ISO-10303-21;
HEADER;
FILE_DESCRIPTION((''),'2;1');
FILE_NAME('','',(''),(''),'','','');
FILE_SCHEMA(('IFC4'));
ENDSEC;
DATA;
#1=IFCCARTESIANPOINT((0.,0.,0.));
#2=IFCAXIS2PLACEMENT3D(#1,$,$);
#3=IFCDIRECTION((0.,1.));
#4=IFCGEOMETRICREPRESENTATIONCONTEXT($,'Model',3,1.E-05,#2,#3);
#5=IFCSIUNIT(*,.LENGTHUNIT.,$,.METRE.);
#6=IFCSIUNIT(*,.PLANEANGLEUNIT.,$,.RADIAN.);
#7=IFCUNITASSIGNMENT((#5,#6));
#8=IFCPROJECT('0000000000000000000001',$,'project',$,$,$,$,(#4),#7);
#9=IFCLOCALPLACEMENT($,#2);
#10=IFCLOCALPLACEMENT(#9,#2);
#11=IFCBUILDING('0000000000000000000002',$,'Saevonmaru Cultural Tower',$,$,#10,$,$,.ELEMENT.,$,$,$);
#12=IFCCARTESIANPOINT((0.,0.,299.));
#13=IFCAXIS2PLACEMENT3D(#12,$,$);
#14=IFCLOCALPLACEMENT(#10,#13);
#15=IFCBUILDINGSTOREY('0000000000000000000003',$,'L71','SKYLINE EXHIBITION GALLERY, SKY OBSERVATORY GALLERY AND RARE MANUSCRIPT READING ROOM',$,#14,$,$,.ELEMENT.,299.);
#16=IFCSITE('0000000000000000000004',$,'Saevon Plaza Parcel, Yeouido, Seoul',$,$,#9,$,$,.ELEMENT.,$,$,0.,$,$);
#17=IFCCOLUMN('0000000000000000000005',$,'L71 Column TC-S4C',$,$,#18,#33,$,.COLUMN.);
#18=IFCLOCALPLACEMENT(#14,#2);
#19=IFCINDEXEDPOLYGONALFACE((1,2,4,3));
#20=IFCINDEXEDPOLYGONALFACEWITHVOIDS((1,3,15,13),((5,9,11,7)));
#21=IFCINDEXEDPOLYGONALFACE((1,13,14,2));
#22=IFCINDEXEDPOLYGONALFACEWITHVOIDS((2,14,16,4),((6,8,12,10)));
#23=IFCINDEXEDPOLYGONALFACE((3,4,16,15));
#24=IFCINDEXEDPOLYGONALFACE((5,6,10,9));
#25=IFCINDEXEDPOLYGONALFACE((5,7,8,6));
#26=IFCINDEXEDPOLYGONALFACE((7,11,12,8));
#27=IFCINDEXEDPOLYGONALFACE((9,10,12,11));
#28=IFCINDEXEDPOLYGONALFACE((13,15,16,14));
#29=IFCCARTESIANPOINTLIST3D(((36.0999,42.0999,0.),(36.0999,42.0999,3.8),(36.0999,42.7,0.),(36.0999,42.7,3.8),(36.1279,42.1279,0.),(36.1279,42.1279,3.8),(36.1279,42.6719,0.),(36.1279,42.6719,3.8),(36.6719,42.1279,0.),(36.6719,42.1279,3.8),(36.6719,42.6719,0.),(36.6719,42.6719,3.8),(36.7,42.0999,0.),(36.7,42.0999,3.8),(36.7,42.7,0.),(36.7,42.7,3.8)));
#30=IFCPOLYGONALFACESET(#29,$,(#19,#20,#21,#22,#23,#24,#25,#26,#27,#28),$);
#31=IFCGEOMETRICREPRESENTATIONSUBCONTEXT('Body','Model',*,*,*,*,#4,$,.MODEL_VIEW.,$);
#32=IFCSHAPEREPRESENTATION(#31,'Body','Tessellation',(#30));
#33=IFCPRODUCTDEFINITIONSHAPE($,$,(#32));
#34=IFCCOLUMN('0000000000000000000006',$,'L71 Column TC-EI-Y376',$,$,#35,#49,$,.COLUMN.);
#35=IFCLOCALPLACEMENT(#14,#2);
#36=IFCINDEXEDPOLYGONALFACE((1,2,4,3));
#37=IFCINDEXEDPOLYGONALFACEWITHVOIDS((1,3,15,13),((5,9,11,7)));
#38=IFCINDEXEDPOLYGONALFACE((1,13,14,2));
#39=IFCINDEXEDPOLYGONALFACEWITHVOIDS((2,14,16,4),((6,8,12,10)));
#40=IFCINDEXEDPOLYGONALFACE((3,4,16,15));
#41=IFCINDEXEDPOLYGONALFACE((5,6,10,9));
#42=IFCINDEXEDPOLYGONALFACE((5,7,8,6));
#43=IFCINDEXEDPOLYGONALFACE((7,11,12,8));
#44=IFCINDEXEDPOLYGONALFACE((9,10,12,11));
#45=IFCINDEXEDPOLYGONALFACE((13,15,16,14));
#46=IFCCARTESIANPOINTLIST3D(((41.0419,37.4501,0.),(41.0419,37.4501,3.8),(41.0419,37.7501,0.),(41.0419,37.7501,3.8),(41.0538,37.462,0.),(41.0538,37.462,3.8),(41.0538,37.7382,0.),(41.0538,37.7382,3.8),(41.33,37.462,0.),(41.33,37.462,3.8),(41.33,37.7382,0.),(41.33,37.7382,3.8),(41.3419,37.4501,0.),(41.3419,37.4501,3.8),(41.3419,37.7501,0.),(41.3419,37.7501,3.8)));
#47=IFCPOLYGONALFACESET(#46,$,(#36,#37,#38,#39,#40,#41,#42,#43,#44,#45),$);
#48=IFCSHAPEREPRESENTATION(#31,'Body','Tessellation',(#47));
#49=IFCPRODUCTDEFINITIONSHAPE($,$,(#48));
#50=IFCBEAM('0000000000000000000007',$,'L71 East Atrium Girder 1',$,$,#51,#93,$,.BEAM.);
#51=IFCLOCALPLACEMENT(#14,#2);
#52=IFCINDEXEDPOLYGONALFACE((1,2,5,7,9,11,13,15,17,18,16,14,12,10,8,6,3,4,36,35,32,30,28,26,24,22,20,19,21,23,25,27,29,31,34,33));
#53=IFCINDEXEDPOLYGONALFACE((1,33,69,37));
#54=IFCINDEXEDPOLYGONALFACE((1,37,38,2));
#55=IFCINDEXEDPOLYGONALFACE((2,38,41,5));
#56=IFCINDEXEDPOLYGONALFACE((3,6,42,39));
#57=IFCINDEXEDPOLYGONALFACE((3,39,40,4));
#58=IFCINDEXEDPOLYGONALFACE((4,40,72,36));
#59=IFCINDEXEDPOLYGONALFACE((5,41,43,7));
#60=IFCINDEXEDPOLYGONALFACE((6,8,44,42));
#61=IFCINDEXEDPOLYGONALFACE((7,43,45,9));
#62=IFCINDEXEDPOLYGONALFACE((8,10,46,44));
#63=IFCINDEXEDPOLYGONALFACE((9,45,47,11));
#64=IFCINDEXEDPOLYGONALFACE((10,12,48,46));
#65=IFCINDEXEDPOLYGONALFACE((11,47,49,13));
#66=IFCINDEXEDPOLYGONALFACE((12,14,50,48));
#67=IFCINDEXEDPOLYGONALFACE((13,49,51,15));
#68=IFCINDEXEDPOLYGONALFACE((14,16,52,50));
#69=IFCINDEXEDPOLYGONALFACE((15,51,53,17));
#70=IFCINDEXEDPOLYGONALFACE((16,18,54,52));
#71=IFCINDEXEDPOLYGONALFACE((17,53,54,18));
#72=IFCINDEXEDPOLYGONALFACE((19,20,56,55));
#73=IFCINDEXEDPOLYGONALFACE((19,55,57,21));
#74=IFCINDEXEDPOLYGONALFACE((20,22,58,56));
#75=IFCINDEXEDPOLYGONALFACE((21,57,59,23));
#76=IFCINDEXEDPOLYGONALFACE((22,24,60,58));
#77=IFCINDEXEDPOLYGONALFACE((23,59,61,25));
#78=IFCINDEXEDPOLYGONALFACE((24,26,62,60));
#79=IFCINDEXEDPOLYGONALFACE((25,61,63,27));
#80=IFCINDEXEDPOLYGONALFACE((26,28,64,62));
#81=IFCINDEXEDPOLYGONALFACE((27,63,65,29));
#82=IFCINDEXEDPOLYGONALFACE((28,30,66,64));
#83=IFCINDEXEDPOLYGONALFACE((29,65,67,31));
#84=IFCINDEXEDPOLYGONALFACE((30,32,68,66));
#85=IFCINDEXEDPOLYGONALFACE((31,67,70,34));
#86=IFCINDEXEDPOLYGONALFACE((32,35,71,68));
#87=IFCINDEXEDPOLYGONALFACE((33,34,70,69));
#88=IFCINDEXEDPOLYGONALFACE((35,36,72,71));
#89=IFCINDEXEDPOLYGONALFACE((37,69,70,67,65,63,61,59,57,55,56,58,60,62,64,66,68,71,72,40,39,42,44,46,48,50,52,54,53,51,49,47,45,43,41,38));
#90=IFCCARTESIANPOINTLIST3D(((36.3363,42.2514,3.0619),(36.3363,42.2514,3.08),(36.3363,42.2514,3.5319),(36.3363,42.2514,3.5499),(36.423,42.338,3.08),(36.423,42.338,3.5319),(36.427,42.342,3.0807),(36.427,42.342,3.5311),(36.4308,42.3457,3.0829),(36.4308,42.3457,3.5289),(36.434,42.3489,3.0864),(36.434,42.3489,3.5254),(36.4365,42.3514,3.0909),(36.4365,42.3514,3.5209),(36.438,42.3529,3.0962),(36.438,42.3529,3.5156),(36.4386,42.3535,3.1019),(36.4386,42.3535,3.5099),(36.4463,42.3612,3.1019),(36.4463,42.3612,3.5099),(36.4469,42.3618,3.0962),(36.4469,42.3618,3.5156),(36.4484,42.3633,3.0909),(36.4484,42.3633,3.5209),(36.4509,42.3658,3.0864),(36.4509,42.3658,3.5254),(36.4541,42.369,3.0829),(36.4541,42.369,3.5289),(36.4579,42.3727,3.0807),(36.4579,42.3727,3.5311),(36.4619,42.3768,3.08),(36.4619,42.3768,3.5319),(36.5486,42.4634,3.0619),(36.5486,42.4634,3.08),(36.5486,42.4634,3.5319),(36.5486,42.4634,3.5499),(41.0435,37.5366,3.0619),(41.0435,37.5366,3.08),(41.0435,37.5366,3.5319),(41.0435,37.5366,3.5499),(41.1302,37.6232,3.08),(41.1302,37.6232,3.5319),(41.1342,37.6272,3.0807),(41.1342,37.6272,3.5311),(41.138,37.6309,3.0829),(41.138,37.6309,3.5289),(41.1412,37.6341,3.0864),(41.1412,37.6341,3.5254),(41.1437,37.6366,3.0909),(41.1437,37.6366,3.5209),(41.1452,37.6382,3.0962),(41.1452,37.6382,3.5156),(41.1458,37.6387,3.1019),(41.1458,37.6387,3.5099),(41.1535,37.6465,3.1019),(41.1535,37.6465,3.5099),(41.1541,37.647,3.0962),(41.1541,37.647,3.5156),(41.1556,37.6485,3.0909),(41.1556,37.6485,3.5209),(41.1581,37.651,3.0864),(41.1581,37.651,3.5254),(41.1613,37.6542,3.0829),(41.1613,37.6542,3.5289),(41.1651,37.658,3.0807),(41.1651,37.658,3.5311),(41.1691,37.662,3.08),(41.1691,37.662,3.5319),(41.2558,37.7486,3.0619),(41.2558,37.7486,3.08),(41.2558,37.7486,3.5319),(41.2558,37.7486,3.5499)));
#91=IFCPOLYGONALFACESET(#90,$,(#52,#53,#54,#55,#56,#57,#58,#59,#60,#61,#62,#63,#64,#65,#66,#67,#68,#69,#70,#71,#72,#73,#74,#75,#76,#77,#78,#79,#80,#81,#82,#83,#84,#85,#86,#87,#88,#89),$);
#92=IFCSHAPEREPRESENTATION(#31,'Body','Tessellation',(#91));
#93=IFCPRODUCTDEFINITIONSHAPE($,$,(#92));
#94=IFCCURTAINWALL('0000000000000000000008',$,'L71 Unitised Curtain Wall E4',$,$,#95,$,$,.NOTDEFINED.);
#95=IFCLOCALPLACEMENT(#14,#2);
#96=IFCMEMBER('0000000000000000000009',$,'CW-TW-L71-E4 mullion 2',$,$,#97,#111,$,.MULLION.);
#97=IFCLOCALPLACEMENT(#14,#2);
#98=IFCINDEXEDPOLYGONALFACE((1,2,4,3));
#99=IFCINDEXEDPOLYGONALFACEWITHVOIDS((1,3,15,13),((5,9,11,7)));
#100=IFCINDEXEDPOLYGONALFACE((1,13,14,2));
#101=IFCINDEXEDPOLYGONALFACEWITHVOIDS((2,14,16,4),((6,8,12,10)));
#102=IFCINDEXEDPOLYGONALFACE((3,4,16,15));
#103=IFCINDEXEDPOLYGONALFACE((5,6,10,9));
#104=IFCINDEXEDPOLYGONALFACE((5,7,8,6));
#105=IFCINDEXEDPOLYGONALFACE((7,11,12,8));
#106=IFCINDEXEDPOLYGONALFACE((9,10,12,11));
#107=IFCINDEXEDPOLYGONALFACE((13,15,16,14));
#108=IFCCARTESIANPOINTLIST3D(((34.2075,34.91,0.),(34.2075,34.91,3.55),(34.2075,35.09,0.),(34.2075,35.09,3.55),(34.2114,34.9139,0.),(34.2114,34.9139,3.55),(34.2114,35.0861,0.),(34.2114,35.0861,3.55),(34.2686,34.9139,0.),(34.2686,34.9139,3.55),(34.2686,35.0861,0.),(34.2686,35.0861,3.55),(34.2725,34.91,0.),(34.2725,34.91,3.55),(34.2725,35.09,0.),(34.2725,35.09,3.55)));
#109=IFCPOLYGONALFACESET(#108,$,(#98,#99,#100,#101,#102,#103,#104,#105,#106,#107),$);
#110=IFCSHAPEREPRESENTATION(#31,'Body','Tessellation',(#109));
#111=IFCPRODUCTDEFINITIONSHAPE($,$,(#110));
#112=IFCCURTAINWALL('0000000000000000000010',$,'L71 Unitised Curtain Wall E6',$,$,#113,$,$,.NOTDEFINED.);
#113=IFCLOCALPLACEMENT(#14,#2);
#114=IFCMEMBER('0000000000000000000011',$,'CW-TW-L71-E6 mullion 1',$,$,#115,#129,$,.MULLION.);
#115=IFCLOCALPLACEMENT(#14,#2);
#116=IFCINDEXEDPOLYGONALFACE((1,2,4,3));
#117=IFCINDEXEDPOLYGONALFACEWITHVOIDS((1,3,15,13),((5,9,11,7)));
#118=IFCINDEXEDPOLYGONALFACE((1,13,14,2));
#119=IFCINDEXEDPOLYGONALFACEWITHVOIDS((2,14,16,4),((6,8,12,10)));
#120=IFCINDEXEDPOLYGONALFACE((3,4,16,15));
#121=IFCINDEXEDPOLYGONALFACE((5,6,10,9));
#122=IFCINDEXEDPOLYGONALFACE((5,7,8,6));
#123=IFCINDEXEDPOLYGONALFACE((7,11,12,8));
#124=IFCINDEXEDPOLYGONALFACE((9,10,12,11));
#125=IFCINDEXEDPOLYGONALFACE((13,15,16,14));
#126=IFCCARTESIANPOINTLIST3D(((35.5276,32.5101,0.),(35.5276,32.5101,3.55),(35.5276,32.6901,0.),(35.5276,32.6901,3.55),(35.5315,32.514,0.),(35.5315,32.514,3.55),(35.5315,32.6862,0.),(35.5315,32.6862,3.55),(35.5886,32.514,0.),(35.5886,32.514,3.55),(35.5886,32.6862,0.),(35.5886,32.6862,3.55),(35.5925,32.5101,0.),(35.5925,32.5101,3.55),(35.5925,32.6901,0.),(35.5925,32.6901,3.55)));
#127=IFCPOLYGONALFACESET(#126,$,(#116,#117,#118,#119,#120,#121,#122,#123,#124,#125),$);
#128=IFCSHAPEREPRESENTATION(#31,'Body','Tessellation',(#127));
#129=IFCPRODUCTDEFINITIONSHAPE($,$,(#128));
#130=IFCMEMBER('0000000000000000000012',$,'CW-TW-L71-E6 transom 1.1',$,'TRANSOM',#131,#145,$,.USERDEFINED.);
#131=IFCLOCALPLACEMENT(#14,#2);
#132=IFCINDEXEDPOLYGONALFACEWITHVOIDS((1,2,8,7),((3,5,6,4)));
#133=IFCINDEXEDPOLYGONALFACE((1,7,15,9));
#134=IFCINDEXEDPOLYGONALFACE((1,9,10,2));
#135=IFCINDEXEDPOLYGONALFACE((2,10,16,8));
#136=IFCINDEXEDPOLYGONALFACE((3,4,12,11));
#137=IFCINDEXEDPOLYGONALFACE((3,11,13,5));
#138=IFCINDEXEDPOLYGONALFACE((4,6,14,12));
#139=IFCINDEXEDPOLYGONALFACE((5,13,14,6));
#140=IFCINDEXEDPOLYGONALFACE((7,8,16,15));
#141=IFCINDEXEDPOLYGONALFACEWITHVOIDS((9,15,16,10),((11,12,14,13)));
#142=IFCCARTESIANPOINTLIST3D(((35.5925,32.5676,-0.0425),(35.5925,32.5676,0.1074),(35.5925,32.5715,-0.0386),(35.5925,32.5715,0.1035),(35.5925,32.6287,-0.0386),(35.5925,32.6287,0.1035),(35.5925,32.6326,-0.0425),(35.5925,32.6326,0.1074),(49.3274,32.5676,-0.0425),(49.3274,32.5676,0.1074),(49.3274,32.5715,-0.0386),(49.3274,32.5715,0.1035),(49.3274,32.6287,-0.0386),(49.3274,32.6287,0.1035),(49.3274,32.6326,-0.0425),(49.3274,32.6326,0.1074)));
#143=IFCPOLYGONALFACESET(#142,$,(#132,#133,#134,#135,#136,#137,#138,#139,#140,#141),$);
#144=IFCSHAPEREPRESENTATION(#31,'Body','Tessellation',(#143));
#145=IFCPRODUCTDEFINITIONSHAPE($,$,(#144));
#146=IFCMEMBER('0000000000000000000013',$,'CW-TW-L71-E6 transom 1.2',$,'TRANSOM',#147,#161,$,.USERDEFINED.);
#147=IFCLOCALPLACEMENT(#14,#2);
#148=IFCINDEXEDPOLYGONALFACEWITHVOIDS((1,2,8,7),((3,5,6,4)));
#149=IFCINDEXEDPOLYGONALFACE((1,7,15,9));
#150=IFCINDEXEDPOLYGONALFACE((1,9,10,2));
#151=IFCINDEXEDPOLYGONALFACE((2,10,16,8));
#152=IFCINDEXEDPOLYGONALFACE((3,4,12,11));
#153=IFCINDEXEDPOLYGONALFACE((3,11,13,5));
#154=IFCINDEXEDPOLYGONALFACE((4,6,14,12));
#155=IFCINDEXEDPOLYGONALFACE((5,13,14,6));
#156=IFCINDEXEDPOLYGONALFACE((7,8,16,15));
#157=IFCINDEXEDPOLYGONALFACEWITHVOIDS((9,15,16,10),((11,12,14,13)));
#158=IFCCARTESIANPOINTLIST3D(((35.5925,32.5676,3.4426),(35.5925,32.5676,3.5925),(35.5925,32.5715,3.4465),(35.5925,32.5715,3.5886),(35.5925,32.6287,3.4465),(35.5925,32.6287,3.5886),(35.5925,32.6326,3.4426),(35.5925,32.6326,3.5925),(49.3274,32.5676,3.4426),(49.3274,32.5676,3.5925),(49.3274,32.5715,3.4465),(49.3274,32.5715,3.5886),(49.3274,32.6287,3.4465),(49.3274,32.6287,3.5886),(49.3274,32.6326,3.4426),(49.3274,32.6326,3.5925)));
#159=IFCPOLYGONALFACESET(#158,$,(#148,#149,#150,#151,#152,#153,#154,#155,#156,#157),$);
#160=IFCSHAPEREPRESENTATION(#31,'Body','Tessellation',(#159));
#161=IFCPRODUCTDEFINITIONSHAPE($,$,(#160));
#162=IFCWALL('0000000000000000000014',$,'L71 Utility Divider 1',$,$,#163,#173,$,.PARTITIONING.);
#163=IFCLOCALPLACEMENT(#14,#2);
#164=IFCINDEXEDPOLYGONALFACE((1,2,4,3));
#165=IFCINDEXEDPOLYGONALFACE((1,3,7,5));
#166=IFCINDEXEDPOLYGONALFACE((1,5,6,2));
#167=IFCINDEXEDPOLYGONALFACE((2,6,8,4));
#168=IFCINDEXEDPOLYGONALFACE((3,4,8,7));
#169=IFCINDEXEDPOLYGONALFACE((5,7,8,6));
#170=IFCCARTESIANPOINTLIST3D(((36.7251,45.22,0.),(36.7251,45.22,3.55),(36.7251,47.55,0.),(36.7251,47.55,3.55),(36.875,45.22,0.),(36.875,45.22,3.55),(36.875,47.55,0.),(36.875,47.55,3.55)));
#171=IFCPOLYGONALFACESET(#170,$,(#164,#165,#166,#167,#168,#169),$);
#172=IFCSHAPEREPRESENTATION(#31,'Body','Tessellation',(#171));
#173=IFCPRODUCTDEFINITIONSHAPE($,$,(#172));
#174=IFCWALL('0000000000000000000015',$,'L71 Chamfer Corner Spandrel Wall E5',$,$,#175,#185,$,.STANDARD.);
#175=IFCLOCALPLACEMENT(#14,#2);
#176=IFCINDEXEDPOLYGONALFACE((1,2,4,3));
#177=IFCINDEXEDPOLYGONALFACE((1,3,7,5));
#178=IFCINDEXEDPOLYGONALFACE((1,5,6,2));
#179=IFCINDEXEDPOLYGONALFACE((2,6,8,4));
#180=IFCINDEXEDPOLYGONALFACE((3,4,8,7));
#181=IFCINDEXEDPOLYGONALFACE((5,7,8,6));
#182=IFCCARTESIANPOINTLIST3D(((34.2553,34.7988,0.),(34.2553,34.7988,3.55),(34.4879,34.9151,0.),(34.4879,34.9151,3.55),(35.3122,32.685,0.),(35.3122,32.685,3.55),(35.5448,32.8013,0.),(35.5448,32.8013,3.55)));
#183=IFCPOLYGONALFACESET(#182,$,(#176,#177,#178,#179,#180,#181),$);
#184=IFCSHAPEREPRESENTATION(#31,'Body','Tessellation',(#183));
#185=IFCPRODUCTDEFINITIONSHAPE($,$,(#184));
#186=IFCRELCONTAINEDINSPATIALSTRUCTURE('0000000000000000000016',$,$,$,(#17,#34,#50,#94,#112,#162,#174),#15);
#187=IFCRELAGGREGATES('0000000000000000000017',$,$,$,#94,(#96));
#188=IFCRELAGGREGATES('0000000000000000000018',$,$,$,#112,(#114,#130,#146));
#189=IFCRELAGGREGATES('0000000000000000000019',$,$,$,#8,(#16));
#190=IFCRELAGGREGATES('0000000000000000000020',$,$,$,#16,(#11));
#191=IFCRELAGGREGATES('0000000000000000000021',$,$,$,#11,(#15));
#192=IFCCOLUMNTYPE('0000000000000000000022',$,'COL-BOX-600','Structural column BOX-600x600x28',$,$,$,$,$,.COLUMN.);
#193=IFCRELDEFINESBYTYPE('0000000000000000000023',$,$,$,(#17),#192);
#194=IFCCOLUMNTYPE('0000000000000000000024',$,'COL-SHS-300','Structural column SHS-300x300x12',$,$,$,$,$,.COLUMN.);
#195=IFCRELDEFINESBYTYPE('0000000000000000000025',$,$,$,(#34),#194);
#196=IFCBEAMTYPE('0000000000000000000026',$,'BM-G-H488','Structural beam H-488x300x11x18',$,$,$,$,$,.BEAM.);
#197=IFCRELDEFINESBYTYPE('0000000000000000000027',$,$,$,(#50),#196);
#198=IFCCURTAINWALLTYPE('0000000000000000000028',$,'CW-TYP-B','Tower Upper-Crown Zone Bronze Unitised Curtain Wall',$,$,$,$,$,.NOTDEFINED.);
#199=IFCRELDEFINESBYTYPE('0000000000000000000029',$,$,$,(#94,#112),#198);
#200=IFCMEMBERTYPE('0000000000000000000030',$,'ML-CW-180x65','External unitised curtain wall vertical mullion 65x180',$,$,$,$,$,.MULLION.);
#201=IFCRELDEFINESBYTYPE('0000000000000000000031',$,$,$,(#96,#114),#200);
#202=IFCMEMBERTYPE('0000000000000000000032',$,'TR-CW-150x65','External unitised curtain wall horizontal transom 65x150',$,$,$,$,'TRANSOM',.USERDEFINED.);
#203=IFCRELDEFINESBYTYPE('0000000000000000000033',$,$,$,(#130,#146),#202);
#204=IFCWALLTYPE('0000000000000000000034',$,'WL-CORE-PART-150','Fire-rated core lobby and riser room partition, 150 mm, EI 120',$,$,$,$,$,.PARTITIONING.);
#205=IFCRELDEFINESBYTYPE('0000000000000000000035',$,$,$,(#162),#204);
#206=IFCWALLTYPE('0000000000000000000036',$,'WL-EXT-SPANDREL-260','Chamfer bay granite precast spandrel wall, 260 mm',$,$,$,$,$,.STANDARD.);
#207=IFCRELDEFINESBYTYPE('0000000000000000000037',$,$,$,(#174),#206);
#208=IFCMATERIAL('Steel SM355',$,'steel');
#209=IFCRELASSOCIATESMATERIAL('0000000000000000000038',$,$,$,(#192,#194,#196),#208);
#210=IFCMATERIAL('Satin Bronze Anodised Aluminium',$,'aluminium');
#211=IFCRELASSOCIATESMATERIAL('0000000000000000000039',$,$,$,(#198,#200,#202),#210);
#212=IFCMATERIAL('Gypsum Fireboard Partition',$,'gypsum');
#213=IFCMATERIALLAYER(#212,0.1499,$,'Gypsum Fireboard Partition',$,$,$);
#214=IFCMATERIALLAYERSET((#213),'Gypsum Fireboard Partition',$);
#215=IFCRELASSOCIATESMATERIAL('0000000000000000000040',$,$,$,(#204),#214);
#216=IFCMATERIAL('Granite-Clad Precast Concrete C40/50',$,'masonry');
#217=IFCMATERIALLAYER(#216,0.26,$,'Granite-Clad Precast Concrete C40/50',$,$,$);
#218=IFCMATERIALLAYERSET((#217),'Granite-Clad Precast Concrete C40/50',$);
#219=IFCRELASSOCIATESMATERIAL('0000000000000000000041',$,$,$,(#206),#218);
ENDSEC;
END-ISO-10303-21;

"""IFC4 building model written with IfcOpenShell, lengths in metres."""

from ifc_helpers import new_model, si_unit, direction, frame, frame_2d, origin, origin_2d, place, context, subcontext, project, spatial, rectangle, hollow_rectangle, i_section, extrude, material, layer, layer_set, material_profile, profile_set, type_object, element, aggregate, save


model = new_model("IFC4")

# Units and contexts
model_context = context("Model", 3, precision=1e-05, world=origin(), true_north=direction((0.0, 1.0)))
body_context = subcontext(model_context, "Body", "Model", "MODEL_VIEW")
ifc_project = project(units=[si_unit("LENGTHUNIT", "METRE"), si_unit("PLANEANGLEUNIT", "RADIAN")], contexts=[model_context])

# Site, building, storey
site_placement = place(None, origin())
site = spatial("IfcSite", under=ifc_project, at=site_placement, Name="Saevon Plaza Parcel, Yeouido, Seoul", CompositionType="ELEMENT", RefElevation=0.0)
building_placement = place(site_placement, origin())
building = spatial("IfcBuilding", under=site, at=building_placement, Name="Saevonmaru Cultural Tower", CompositionType="ELEMENT")
storey_placement = place(building_placement, frame((0.0, 0.0, 299.0)))
storey = spatial("IfcBuildingStorey", under=building, at=storey_placement, Name="L71", Description="SKYLINE EXHIBITION GALLERY, SKY OBSERVATORY GALLERY AND RARE MANUSCRIPT READING ROOM", CompositionType="ELEMENT", Elevation=299.0)

# Columns
ifc_material_1 = material(Name="Steel SM355", Category="steel")
ifc_material_profile_1 = material_profile(ifc_material_1, hollow_rectangle(XDim=0.6001, YDim=0.6001, WallThickness=0.0281, at=origin_2d()), Name="BOX-600x600x28")
ifc_profile_set_1 = profile_set([ifc_material_profile_1], Name="Steel SM355")
column_type_1 = type_object("IfcColumnType", Name="COL-BOX-600", Description="Structural column BOX-600x600x28", PredefinedType="COLUMN", material=ifc_profile_set_1)
column_1_placement = place(storey_placement, frame((36.3999, 42.3999, 0.0), z_axis=(0.0, 0.0, 1.0), x_axis=(1.0, 0.0, 0.0)))
element("IfcColumn", 1, at=column_1_placement, inside=storey, type_object=column_type_1, Name="L71 Column TC-S4C", PredefinedType="COLUMN", context=body_context, shape_type="SweptSolid", body=[
    extrude(hollow_rectangle(XDim=0.6001, YDim=0.6001, WallThickness=0.0281, at=origin_2d()), origin(), (0.0, 0.0, 1.0), 3.8),
])
ifc_material_profile_2 = material_profile(ifc_material_1, hollow_rectangle(XDim=0.3, YDim=0.3, WallThickness=0.012, at=origin_2d()), Name="SHS-300x300x12")
ifc_profile_set_2 = profile_set([ifc_material_profile_2], Name="Steel SM355")
column_type_2 = type_object("IfcColumnType", Name="COL-SHS-300", Description="Structural column SHS-300x300x12", PredefinedType="COLUMN", material=ifc_profile_set_2)
column_2_placement = place(storey_placement, frame((41.1919, 37.6001, 0.0), z_axis=(0.0, 0.0, 1.0), x_axis=(1.0, 0.0, 0.0)))
element("IfcColumn", 2, at=column_2_placement, inside=storey, type_object=column_type_2, Name="L71 Column TC-EI-Y376", PredefinedType="COLUMN", context=body_context, shape_type="SweptSolid", body=[
    extrude(hollow_rectangle(XDim=0.3, YDim=0.3, WallThickness=0.012, at=origin_2d()), origin(), (0.0, 0.0, 1.0), 3.8),
])

# Beam
ifc_material_profile_3 = material_profile(ifc_material_1, i_section(OverallWidth=0.3, OverallDepth=0.488, WebThickness=0.011, FlangeThickness=0.0181, FilletRadius=0.022, at=origin_2d()), Name="H-488x300x11x18")
ifc_profile_set_3 = profile_set([ifc_material_profile_3], Name="Steel SM355")
beam_type = type_object("IfcBeamType", Name="BM-G-H488", Description="Structural beam H-488x300x11x18", PredefinedType="BEAM", material=ifc_profile_set_3)
beam_placement = place(storey_placement, frame((41.1497, 37.6426, 3.3059), z_axis=(-0.706539, 0.707675, 0.0), x_axis=(-0.707675, -0.706539, 0.0)))
element("IfcBeam", 3, at=beam_placement, inside=storey, type_object=beam_type, Name="L71 East Atrium Girder 1", PredefinedType="BEAM", context=body_context, shape_type="SweptSolid", body=[
    extrude(i_section(OverallWidth=0.3, OverallDepth=0.488, WebThickness=0.011, FlangeThickness=0.0181, FilletRadius=0.022, at=origin_2d()), origin(), (0.0, 0.0, 1.0), 6.6624),
])

# Curtain wall, member
ifc_material_2 = material(Name="Satin Bronze Anodised Aluminium", Category="aluminium")
curtain_wall_type = type_object("IfcCurtainWallType", Name="CW-TYP-B", Description="Tower Upper-Crown Zone Bronze Unitised Curtain Wall", PredefinedType="NOTDEFINED", material=ifc_material_2)
curtain_wall_1_placement = place(storey_placement, origin())
curtain_wall_1 = element("IfcCurtainWall", 4, at=curtain_wall_1_placement, inside=storey, type_object=curtain_wall_type, Name="L71 Unitised Curtain Wall E4", PredefinedType="NOTDEFINED")
ifc_material_profile_4 = material_profile(ifc_material_2, hollow_rectangle(XDim=0.0649, YDim=0.1799, WallThickness=0.0039, at=origin_2d()), Name="ALU-MULL-180x65x4")
ifc_profile_set_4 = profile_set([ifc_material_profile_4], Name="Satin Bronze Anodised Aluminium")
member_type_1 = type_object("IfcMemberType", Name="ML-CW-180x65", Description="External unitised curtain wall vertical mullion 65x180", PredefinedType="MULLION", material=ifc_profile_set_4)
member_1_placement = place(storey_placement, frame((34.24, 35.0, 0.0), z_axis=(0.0, 0.0, 1.0), x_axis=(1.0, 0.0, 0.0)))
member_1 = element("IfcMember", 5, at=member_1_placement, type_object=member_type_1, Name="CW-TW-L71-E4 mullion 2", PredefinedType="MULLION", context=body_context, shape_type="SweptSolid", body=[
    extrude(hollow_rectangle(XDim=0.0649, YDim=0.1799, WallThickness=0.0039, at=origin_2d()), origin(), (0.0, 0.0, 1.0), 3.55),
])
aggregate(curtain_wall_1, [member_1])

# Curtain wall, members
curtain_wall_2_placement = place(storey_placement, origin())
curtain_wall_2 = element("IfcCurtainWall", 6, at=curtain_wall_2_placement, inside=storey, type_object=curtain_wall_type, Name="L71 Unitised Curtain Wall E6", PredefinedType="NOTDEFINED")
member_2_placement = place(storey_placement, frame((35.5601, 32.6001, 0.0), z_axis=(0.0, 0.0, 1.0), x_axis=(1.0, 0.0, 0.0)))
member_2 = element("IfcMember", 7, at=member_2_placement, type_object=member_type_1, Name="CW-TW-L71-E6 mullion 1", PredefinedType="MULLION", context=body_context, shape_type="SweptSolid", body=[
    extrude(hollow_rectangle(XDim=0.0649, YDim=0.1799, WallThickness=0.0039, at=origin_2d()), origin(), (0.0, 0.0, 1.0), 3.55),
])
ifc_material_profile_5 = material_profile(ifc_material_2, hollow_rectangle(XDim=0.0649, YDim=0.1499, WallThickness=0.0039, at=origin_2d()), Name="ALU-TRAN-150x65x4")
ifc_profile_set_5 = profile_set([ifc_material_profile_5], Name="Satin Bronze Anodised Aluminium")
member_type_2 = type_object("IfcMemberType", Name="TR-CW-150x65", Description="External unitised curtain wall horizontal transom 65x150", ElementType="TRANSOM", PredefinedType="USERDEFINED", material=ifc_profile_set_5)
member_3_placement = place(storey_placement, frame((35.5925, 32.6001, 0.0325), z_axis=(1.0, 0.0, 0.0), x_axis=(0.0, 1.0, 0.0)))
member_3 = element("IfcMember", 8, at=member_3_placement, type_object=member_type_2, Name="CW-TW-L71-E6 transom 1.1", ObjectType="TRANSOM", PredefinedType="USERDEFINED", context=body_context, shape_type="SweptSolid", body=[
    extrude(hollow_rectangle(XDim=0.0649, YDim=0.1499, WallThickness=0.0039, at=origin_2d()), origin(), (0.0, 0.0, 1.0), 13.7349),
])
member_4_placement = place(storey_placement, frame((35.5925, 32.6001, 3.5176), z_axis=(1.0, 0.0, 0.0), x_axis=(0.0, 1.0, 0.0)))
member_4 = element("IfcMember", 9, at=member_4_placement, type_object=member_type_2, Name="CW-TW-L71-E6 transom 1.2", ObjectType="TRANSOM", PredefinedType="USERDEFINED", context=body_context, shape_type="SweptSolid", body=[
    extrude(hollow_rectangle(XDim=0.0649, YDim=0.1499, WallThickness=0.0039, at=origin_2d()), origin(), (0.0, 0.0, 1.0), 13.7349),
])
aggregate(curtain_wall_2, [member_2, member_3, member_4])

# Walls
ifc_material_3 = material(Name="Gypsum Fireboard Partition", Category="gypsum")
ifc_layer_1 = layer(ifc_material_3, 0.1499, Name="Gypsum Fireboard Partition")
ifc_layer_set_1 = layer_set([ifc_layer_1], Name="Gypsum Fireboard Partition")
wall_type_1 = type_object("IfcWallType", Name="WL-CORE-PART-150", Description="Fire-rated core lobby and riser room partition, 150 mm, EI 120", PredefinedType="PARTITIONING", material=ifc_layer_set_1)
wall_1_placement = place(storey_placement, frame((36.8, 45.22, 0.0), z_axis=(0.0, 0.0, 1.0), x_axis=(0.0, 1.0, 0.0)))
element("IfcWall", 10, at=wall_1_placement, inside=storey, type_object=wall_type_1, Name="L71 Utility Divider 1", PredefinedType="PARTITIONING", context=body_context, shape_type="SweptSolid", body=[
    extrude(rectangle(XDim=2.3301, YDim=0.1499, at=frame_2d((1.165, 0.0))), origin(), (0.0, 0.0, 1.0), 3.55),
])
ifc_material_4 = material(Name="Granite-Clad Precast Concrete C40/50", Category="masonry")
ifc_layer_2 = layer(ifc_material_4, 0.26, Name="Granite-Clad Precast Concrete C40/50")
ifc_layer_set_2 = layer_set([ifc_layer_2], Name="Granite-Clad Precast Concrete C40/50")
wall_type_2 = type_object("IfcWallType", Name="WL-EXT-SPANDREL-260", Description="Chamfer bay granite precast spandrel wall, 260 mm", PredefinedType="STANDARD", material=ifc_layer_set_2)
wall_2_placement = place(storey_placement, frame((34.3716, 34.8569, 0.0), z_axis=(0.0, 0.0, 1.0), x_axis=(0.447214, -0.894427, 0.0)))
element("IfcWall", 11, at=wall_2_placement, inside=storey, type_object=wall_type_2, Name="L71 Chamfer Corner Spandrel Wall E5", PredefinedType="STANDARD", context=body_context, shape_type="SweptSolid", body=[
    extrude(rectangle(XDim=2.3633, YDim=0.26, at=frame_2d((1.1816, 0.0))), origin(), (0.0, 0.0, 1.0), 3.55),
])

save(model, "model.ifc")
